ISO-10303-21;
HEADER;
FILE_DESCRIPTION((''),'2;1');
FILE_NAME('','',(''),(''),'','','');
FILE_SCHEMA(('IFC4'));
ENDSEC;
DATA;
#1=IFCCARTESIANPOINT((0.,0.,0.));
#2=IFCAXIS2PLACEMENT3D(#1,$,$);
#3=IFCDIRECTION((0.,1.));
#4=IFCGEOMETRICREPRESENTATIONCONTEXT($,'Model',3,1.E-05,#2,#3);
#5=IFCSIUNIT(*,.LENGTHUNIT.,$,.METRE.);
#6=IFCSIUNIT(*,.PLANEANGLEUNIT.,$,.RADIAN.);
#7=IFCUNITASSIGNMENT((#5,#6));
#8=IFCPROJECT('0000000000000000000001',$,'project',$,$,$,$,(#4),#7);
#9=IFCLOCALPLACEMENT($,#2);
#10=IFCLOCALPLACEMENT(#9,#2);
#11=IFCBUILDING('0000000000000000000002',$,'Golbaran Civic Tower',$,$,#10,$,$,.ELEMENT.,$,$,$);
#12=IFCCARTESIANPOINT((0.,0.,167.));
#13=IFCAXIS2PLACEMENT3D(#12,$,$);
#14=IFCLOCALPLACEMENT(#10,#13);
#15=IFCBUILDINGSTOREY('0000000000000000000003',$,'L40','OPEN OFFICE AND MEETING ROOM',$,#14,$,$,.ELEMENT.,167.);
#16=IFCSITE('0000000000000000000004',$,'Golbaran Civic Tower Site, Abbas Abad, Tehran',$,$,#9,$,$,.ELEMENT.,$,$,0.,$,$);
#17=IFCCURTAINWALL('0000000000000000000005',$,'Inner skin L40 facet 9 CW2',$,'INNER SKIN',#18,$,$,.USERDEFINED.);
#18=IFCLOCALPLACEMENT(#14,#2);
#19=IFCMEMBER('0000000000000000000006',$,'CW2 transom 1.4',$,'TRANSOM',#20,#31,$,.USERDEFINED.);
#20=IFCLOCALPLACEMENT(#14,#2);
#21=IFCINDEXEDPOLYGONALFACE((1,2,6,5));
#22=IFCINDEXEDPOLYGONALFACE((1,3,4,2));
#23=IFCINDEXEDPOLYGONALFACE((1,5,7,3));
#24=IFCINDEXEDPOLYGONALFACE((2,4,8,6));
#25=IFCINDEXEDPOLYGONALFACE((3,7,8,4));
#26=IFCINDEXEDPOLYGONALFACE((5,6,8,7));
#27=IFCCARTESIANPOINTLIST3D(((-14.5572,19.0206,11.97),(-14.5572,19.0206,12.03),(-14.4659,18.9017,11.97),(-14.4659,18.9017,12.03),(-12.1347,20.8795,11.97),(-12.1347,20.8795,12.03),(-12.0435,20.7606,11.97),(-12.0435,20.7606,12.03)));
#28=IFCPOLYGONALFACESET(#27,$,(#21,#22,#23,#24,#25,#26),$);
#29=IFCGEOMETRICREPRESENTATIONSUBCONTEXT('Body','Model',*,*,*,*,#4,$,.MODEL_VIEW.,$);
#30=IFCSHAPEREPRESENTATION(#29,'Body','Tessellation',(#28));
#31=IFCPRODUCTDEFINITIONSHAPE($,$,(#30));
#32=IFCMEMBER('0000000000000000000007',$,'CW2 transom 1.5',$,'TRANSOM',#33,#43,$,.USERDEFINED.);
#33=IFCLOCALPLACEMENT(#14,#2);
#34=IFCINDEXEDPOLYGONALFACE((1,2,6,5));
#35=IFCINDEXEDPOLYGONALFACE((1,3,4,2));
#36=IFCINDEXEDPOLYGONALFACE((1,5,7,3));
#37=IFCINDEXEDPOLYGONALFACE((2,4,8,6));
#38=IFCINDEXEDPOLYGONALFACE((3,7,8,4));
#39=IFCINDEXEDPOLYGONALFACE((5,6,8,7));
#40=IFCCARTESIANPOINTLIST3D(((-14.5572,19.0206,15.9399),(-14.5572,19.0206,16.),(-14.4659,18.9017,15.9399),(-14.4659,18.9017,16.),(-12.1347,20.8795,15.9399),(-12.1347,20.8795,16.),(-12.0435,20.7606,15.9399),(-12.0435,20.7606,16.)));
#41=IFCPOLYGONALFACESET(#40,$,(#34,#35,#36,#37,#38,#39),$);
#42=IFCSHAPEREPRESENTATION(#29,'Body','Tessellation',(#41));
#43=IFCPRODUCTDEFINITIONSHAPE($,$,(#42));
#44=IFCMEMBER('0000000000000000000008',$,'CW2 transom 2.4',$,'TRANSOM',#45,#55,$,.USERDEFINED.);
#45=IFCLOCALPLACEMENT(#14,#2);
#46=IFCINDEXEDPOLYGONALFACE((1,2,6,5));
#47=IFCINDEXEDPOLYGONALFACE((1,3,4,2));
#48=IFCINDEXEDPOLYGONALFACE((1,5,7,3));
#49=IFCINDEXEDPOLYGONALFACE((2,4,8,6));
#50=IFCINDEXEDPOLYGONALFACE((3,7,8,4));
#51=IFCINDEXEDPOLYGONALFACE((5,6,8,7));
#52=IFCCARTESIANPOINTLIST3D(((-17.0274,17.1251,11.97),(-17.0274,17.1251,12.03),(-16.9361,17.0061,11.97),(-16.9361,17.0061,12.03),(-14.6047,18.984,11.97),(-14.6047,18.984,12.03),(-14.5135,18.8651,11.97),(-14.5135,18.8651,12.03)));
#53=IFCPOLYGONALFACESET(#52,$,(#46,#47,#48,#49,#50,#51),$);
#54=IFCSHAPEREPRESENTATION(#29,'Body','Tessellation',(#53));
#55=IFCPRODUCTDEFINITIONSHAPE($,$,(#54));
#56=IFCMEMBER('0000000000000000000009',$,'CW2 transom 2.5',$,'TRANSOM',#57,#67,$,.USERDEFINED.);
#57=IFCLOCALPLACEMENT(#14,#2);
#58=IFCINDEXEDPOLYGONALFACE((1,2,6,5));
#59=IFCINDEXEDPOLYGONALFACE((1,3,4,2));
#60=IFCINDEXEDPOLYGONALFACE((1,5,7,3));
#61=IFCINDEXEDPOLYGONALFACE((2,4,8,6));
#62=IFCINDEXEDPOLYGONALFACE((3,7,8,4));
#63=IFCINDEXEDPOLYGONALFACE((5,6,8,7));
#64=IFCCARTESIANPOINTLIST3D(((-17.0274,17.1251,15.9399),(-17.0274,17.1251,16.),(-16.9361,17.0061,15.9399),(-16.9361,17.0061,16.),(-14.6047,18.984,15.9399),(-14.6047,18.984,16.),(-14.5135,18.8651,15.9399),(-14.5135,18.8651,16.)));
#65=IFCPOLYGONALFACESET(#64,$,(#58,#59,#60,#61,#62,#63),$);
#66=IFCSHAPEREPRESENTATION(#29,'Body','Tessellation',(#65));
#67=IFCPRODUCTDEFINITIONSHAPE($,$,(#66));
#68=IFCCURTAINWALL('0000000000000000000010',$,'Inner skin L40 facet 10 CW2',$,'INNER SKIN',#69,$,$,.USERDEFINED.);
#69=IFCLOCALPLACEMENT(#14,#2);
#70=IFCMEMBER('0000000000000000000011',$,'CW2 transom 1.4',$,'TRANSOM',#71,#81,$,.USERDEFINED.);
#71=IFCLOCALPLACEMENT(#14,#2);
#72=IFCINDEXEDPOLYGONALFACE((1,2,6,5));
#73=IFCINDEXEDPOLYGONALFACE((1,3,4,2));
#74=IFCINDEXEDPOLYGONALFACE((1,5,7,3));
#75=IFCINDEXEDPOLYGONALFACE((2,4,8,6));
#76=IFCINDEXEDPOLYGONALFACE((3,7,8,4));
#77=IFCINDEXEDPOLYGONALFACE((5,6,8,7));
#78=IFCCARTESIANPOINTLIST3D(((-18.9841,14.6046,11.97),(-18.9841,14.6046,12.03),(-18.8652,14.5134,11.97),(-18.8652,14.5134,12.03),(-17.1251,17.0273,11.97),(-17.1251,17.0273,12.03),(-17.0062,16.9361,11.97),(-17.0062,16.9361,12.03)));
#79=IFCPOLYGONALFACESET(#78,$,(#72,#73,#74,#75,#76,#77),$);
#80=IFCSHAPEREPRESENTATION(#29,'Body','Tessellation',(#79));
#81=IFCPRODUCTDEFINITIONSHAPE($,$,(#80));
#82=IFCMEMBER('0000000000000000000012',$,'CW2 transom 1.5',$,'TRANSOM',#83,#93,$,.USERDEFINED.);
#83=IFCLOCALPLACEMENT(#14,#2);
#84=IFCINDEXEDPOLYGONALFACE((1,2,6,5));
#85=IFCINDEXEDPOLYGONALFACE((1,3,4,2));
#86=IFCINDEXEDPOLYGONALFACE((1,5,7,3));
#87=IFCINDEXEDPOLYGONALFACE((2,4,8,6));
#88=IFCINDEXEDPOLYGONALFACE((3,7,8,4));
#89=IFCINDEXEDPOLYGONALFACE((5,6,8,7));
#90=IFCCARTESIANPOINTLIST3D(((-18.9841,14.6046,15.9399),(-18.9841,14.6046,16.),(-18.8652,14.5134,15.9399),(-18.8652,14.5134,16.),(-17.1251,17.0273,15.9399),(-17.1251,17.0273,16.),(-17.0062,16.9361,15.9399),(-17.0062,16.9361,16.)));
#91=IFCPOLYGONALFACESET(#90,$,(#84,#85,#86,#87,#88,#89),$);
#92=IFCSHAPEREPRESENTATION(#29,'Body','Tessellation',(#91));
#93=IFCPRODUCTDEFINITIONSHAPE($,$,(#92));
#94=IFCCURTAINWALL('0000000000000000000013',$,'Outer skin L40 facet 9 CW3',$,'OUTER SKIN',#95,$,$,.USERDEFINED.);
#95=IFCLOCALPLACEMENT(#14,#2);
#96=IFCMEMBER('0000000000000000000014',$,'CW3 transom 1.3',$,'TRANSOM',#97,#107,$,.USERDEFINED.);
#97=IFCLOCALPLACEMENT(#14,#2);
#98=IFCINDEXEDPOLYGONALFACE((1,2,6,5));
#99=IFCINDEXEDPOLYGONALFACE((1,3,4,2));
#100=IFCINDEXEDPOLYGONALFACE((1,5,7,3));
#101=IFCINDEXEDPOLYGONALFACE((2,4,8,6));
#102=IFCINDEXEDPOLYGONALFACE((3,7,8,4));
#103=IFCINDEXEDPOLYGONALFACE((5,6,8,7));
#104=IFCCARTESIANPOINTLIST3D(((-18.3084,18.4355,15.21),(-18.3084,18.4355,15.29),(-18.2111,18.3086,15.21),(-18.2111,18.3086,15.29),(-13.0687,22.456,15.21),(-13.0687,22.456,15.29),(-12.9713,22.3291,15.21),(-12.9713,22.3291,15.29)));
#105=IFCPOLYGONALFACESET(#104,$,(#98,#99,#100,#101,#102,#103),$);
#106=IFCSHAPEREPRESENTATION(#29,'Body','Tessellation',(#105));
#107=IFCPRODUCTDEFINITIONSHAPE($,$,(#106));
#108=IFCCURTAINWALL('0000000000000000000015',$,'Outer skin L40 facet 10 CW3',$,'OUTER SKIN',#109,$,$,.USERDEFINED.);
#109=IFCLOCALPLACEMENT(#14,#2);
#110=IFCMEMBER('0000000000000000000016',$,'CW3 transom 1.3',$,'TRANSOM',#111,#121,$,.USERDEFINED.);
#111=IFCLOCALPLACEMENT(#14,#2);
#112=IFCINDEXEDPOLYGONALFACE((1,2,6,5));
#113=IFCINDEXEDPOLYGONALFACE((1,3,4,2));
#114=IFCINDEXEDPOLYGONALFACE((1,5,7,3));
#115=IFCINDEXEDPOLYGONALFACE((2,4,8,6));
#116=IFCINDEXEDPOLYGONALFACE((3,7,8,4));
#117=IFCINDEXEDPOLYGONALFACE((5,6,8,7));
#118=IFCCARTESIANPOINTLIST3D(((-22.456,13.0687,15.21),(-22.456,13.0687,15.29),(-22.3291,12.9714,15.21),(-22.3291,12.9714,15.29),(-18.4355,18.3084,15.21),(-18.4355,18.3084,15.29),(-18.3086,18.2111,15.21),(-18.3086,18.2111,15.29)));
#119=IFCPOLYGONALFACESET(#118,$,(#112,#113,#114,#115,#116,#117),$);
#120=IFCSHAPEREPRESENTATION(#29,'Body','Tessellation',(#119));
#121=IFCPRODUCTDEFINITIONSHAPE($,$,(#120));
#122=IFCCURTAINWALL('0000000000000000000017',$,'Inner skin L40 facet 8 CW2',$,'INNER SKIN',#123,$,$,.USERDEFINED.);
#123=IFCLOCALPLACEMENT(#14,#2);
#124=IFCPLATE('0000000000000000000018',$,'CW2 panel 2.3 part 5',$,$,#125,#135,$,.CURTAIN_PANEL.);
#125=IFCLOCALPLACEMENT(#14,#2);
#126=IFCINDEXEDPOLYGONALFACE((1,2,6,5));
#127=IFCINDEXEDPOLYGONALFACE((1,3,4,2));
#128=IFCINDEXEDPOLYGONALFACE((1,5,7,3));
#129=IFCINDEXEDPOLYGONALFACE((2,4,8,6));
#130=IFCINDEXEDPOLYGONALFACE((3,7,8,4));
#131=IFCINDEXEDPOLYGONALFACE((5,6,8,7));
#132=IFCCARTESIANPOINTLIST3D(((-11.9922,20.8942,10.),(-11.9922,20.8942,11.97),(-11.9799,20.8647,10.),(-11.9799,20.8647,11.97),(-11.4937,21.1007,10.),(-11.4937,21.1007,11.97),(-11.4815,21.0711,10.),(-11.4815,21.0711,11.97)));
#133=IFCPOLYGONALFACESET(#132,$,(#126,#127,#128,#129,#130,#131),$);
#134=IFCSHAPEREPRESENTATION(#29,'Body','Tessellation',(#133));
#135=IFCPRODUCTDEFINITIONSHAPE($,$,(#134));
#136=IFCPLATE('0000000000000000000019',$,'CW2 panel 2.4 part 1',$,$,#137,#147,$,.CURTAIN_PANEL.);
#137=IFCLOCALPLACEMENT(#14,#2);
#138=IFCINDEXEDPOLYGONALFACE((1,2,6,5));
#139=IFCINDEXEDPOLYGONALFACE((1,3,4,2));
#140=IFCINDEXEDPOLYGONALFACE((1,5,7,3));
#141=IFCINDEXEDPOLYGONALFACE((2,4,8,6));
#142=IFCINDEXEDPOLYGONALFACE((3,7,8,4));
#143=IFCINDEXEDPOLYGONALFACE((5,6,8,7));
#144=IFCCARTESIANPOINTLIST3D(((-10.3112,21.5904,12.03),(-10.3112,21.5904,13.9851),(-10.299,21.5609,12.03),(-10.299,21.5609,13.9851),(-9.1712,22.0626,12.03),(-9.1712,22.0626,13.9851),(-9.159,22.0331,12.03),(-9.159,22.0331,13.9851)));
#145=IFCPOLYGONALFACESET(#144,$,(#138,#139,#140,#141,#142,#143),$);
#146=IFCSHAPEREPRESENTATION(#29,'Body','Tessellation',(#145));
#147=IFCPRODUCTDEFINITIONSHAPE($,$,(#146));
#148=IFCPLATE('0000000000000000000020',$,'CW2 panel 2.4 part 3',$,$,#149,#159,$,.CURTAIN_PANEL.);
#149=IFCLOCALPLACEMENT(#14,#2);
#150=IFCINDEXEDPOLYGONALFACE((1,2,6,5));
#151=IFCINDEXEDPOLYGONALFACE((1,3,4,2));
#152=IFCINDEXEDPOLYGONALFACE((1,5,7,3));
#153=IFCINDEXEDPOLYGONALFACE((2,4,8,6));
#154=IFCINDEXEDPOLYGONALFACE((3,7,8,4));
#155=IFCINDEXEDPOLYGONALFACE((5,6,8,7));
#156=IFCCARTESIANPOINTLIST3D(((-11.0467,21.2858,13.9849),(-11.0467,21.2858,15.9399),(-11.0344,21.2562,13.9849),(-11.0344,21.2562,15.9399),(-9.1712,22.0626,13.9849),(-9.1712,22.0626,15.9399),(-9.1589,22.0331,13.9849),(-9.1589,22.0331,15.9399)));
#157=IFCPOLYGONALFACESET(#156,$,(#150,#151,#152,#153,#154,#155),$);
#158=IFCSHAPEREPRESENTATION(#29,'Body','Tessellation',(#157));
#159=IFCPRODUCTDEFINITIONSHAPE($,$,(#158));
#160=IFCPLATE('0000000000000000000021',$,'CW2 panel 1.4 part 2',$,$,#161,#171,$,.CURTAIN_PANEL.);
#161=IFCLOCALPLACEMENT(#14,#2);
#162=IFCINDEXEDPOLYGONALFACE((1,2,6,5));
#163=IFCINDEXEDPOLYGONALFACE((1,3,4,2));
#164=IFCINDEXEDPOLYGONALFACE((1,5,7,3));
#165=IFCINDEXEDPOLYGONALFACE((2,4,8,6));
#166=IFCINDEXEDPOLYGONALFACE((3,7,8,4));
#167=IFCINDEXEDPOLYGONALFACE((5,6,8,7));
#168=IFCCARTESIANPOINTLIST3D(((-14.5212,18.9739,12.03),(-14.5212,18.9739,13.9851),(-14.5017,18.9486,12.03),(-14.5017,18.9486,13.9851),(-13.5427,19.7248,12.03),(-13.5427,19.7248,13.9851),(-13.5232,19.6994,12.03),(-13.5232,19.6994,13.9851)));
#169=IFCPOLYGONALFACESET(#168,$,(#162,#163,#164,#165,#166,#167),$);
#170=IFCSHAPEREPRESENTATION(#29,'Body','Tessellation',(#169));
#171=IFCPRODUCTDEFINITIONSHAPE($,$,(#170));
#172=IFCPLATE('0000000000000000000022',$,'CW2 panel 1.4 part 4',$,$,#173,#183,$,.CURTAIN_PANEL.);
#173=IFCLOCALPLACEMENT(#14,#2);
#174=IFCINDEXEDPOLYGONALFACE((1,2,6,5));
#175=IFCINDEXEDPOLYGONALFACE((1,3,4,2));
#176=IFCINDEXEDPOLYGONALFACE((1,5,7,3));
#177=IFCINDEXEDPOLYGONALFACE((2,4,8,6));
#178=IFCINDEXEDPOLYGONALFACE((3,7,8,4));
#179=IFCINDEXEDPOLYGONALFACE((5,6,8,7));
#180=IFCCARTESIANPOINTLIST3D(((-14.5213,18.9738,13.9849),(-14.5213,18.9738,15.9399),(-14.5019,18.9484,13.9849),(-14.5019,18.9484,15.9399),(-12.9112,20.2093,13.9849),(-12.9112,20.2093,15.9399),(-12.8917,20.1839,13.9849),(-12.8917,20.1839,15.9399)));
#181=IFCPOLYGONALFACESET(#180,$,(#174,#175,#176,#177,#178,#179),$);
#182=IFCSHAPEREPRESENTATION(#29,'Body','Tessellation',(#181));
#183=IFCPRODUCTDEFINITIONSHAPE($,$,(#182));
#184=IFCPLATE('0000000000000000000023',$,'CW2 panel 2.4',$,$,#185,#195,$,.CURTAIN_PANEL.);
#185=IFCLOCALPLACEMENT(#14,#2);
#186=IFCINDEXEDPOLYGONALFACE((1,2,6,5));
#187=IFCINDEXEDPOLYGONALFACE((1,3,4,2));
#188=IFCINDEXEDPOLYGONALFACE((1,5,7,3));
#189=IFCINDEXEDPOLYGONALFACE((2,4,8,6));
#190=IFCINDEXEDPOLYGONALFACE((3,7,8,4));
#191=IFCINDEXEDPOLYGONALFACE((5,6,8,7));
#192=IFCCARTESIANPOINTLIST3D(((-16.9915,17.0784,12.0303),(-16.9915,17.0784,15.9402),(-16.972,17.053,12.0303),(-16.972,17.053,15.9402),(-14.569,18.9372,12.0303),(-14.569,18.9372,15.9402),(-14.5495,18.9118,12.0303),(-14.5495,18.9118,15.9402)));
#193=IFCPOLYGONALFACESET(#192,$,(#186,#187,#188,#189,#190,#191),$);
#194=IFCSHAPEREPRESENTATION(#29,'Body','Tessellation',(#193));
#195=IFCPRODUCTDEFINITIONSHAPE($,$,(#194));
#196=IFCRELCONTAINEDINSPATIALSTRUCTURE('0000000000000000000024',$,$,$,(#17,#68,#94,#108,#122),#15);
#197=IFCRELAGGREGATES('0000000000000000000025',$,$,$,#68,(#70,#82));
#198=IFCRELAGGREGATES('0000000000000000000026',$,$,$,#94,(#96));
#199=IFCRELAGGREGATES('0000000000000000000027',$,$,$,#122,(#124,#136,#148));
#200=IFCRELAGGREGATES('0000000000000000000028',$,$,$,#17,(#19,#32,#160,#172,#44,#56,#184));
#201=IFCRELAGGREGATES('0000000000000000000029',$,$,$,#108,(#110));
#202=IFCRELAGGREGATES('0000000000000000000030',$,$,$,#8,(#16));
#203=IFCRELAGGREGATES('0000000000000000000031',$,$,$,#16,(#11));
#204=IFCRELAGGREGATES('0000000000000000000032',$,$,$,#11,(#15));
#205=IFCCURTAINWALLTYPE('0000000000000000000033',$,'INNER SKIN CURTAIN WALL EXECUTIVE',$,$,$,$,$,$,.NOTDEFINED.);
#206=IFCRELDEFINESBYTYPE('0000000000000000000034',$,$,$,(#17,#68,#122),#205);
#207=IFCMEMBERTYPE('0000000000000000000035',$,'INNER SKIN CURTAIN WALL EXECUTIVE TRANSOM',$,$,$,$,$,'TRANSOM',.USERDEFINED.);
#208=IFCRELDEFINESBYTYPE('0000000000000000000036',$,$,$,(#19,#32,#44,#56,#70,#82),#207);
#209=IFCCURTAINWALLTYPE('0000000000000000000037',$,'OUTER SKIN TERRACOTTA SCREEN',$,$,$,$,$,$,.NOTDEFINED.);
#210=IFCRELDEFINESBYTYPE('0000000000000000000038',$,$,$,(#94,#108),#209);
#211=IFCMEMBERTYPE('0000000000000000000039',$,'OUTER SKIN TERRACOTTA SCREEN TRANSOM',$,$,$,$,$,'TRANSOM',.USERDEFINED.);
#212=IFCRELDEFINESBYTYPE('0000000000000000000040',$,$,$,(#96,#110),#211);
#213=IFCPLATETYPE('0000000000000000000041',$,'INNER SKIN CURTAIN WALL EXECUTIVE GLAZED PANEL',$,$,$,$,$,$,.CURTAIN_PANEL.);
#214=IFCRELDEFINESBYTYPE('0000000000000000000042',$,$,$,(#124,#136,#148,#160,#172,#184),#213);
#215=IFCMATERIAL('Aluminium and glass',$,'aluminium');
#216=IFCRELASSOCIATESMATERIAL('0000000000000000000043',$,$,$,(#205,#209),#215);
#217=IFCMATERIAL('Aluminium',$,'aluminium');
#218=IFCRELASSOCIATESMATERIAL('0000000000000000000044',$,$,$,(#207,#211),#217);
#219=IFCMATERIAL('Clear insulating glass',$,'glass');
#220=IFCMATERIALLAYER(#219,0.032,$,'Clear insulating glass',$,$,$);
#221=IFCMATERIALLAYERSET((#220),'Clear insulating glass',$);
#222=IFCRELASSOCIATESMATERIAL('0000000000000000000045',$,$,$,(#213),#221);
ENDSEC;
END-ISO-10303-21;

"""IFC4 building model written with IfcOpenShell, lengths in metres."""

from ifc_helpers import new_model, si_unit, direction, frame, origin, origin_2d, place, context, subcontext, project, spatial, rectangle, extrude, material, layer, layer_set, material_profile, profile_set, type_object, element, aggregate, save


model = new_model("IFC4")

# Units and contexts
model_context = context("Model", 3, precision=1e-05, world=origin(), true_north=direction((0.0, 1.0)))
body_context = subcontext(model_context, "Body", "Model", "MODEL_VIEW")
ifc_project = project(units=[si_unit("LENGTHUNIT", "METRE"), si_unit("PLANEANGLEUNIT", "RADIAN")], contexts=[model_context])

# Site, building, storey
site_placement = place(None, origin())
site = spatial("IfcSite", under=ifc_project, at=site_placement, Name="Golbaran Civic Tower Site, Abbas Abad, Tehran", CompositionType="ELEMENT", RefElevation=0.0)
building_placement = place(site_placement, origin())
building = spatial("IfcBuilding", under=site, at=building_placement, Name="Golbaran Civic Tower", CompositionType="ELEMENT")
storey_placement = place(building_placement, frame((0.0, 0.0, 167.0)))
storey = spatial("IfcBuildingStorey", under=building, at=storey_placement, Name="L40", Description="OPEN OFFICE AND MEETING ROOM", CompositionType="ELEMENT", Elevation=167.0)

# Curtain walls, members
ifc_material_1 = material(Name="Aluminium and glass", Category="aluminium")
curtain_wall_type_1 = type_object("IfcCurtainWallType", Name="INNER SKIN CURTAIN WALL EXECUTIVE", PredefinedType="NOTDEFINED", material=ifc_material_1)
curtain_wall_1_placement = place(storey_placement, origin())
curtain_wall_1 = element("IfcCurtainWall", 1, at=curtain_wall_1_placement, inside=storey, type_object=curtain_wall_type_1, Name="Inner skin L40 facet 9 CW2", ObjectType="INNER SKIN", PredefinedType="USERDEFINED")
ifc_material_2 = material(Name="Aluminium", Category="aluminium")
ifc_material_profile_1 = material_profile(ifc_material_2, rectangle(XDim=0.1499, YDim=0.0601, at=origin_2d()), Name="INNER SKIN CURTAIN WALL EXECUTIVE TRANSOM")
ifc_profile_set_1 = profile_set([ifc_material_profile_1], Name="Aluminium")
member_type_1 = type_object("IfcMemberType", Name="INNER SKIN CURTAIN WALL EXECUTIVE TRANSOM", ElementType="TRANSOM", PredefinedType="USERDEFINED", material=ifc_profile_set_1)
member_1_placement = place(storey_placement, frame((-12.0891, 20.8201, 12.0), z_axis=(-0.793331, -0.608791, 0.0), x_axis=(0.608791, -0.793331, 0.0)))
member_1 = element("IfcMember", 2, at=member_1_placement, type_object=member_type_1, Name="CW2 transom 1.4", ObjectType="TRANSOM", PredefinedType="USERDEFINED", context=body_context, shape_type="SweptSolid", body=[
    extrude(rectangle(XDim=0.1499, YDim=0.0601, at=origin_2d()), origin(), (0.0, 0.0, 1.0), 3.0535),
])
member_2_placement = place(storey_placement, frame((-12.0891, 20.8201, 15.97), z_axis=(-0.793331, -0.608791, 0.0), x_axis=(0.608791, -0.793331, 0.0)))
member_2 = element("IfcMember", 3, at=member_2_placement, type_object=member_type_1, Name="CW2 transom 1.5", ObjectType="TRANSOM", PredefinedType="USERDEFINED", context=body_context, shape_type="SweptSolid", body=[
    extrude(rectangle(XDim=0.1499, YDim=0.0601, at=origin_2d()), origin(), (0.0, 0.0, 1.0), 3.0535),
])
member_3_placement = place(storey_placement, frame((-14.5591, 18.9246, 12.0), z_axis=(-0.793361, -0.608752, 0.0), x_axis=(0.608752, -0.793361, 0.0)))
member_3 = element("IfcMember", 4, at=member_3_placement, type_object=member_type_1, Name="CW2 transom 2.4", ObjectType="TRANSOM", PredefinedType="USERDEFINED", context=body_context, shape_type="SweptSolid", body=[
    extrude(rectangle(XDim=0.1499, YDim=0.0601, at=origin_2d()), origin(), (0.0, 0.0, 1.0), 3.0537),
])
member_4_placement = place(storey_placement, frame((-14.5591, 18.9246, 15.97), z_axis=(-0.793361, -0.608752, 0.0), x_axis=(0.608752, -0.793361, 0.0)))
member_4 = element("IfcMember", 5, at=member_4_placement, type_object=member_type_1, Name="CW2 transom 2.5", ObjectType="TRANSOM", PredefinedType="USERDEFINED", context=body_context, shape_type="SweptSolid", body=[
    extrude(rectangle(XDim=0.1499, YDim=0.0601, at=origin_2d()), origin(), (0.0, 0.0, 1.0), 3.0537),
])
curtain_wall_2_placement = place(storey_placement, origin())
curtain_wall_2 = element("IfcCurtainWall", 6, at=curtain_wall_2_placement, inside=storey, type_object=curtain_wall_type_1, Name="Inner skin L40 facet 10 CW2", ObjectType="INNER SKIN", PredefinedType="USERDEFINED")
member_5_placement = place(storey_placement, frame((-17.0657, 16.9817, 12.0), z_axis=(-0.608752, -0.793361, 0.0), x_axis=(0.793361, -0.608752, 0.0)))
member_5 = element("IfcMember", 7, at=member_5_placement, type_object=member_type_1, Name="CW2 transom 1.4", ObjectType="TRANSOM", PredefinedType="USERDEFINED", context=body_context, shape_type="SweptSolid", body=[
    extrude(rectangle(XDim=0.1499, YDim=0.0601, at=origin_2d()), origin(), (0.0, 0.0, 1.0), 3.0537),
])
member_6_placement = place(storey_placement, frame((-17.0657, 16.9817, 15.97), z_axis=(-0.608752, -0.793361, 0.0), x_axis=(0.793361, -0.608752, 0.0)))
member_6 = element("IfcMember", 8, at=member_6_placement, type_object=member_type_1, Name="CW2 transom 1.5", ObjectType="TRANSOM", PredefinedType="USERDEFINED", context=body_context, shape_type="SweptSolid", body=[
    extrude(rectangle(XDim=0.1499, YDim=0.0601, at=origin_2d()), origin(), (0.0, 0.0, 1.0), 3.0537),
])
aggregate(curtain_wall_2, [member_5, member_6])

# Curtain walls, members
curtain_wall_type_2 = type_object("IfcCurtainWallType", Name="OUTER SKIN TERRACOTTA SCREEN", PredefinedType="NOTDEFINED", material=ifc_material_1)
curtain_wall_3_placement = place(storey_placement, origin())
curtain_wall_3 = element("IfcCurtainWall", 9, at=curtain_wall_3_placement, inside=storey, type_object=curtain_wall_type_2, Name="Outer skin L40 facet 9 CW3", ObjectType="OUTER SKIN", PredefinedType="USERDEFINED")
ifc_material_profile_2 = material_profile(ifc_material_2, rectangle(XDim=0.1599, YDim=0.0801, at=origin_2d()), Name="OUTER SKIN TERRACOTTA SCREEN TRANSOM")
ifc_profile_set_2 = profile_set([ifc_material_profile_2], Name="Aluminium")
member_type_2 = type_object("IfcMemberType", Name="OUTER SKIN TERRACOTTA SCREEN TRANSOM", ElementType="TRANSOM", PredefinedType="USERDEFINED", material=ifc_profile_set_2)
member_7_placement = place(storey_placement, frame((-13.02, 22.3926, 15.25), z_axis=(-0.79336, -0.608753, 0.0), x_axis=(0.608753, -0.79336, 0.0)))
member_7 = element("IfcMember", 10, at=member_7_placement, type_object=member_type_2, Name="CW3 transom 1.3", ObjectType="TRANSOM", PredefinedType="USERDEFINED", context=body_context, shape_type="SweptSolid", body=[
    extrude(rectangle(XDim=0.1599, YDim=0.0801, at=origin_2d()), origin(), (0.0, 0.0, 1.0), 6.6045),
])
aggregate(curtain_wall_3, [member_7])
curtain_wall_4_placement = place(storey_placement, origin())
curtain_wall_4 = element("IfcCurtainWall", 11, at=curtain_wall_4_placement, inside=storey, type_object=curtain_wall_type_2, Name="Outer skin L40 facet 10 CW3", ObjectType="OUTER SKIN", PredefinedType="USERDEFINED")
member_8_placement = place(storey_placement, frame((-18.3721, 18.2598, 15.25), z_axis=(-0.608753, -0.79336, 0.0), x_axis=(0.79336, -0.608753, 0.0)))
member_8 = element("IfcMember", 12, at=member_8_placement, type_object=member_type_2, Name="CW3 transom 1.3", ObjectType="TRANSOM", PredefinedType="USERDEFINED", context=body_context, shape_type="SweptSolid", body=[
    extrude(rectangle(XDim=0.1599, YDim=0.0801, at=origin_2d()), origin(), (0.0, 0.0, 1.0), 6.6045),
])

# Curtain wall, plates
curtain_wall_5_placement = place(storey_placement, origin())
curtain_wall_5 = element("IfcCurtainWall", 13, at=curtain_wall_5_placement, inside=storey, type_object=curtain_wall_type_1, Name="Inner skin L40 facet 8 CW2", ObjectType="INNER SKIN", PredefinedType="USERDEFINED")
ifc_material_3 = material(Name="Clear insulating glass", Category="glass")
ifc_layer_1 = layer(ifc_material_3, 0.032, Name="Clear insulating glass")
ifc_layer_set_1 = layer_set([ifc_layer_1], Name="Clear insulating glass")
plate_type_1 = type_object("IfcPlateType", Name="INNER SKIN CURTAIN WALL EXECUTIVE GLAZED PANEL", PredefinedType="CURTAIN_PANEL", material=ifc_layer_set_1)
plate_1_placement = place(storey_placement, frame((-11.7368, 20.9827, 10.0), z_axis=(0.0, 0.0, 1.0), x_axis=(-0.92388, -0.382683, 0.0)))
plate_1 = element("IfcPlate", 14, at=plate_1_placement, type_object=plate_type_1, Name="CW2 panel 2.3 part 5", PredefinedType="CURTAIN_PANEL", context=body_context, shape_type="SweptSolid", body=[
    extrude(rectangle(XDim=0.5396, YDim=0.032, at=origin_2d()), origin(), (0.0, 0.0, 1.0), 1.97),
])
plate_2_placement = place(storey_placement, frame((-9.7351, 21.8118, 12.03), z_axis=(0.0, 0.0, 1.0), x_axis=(-0.92388, -0.382683, 0.0)))
plate_2 = element("IfcPlate", 15, at=plate_2_placement, type_object=plate_type_1, Name="CW2 panel 2.4 part 1", PredefinedType="CURTAIN_PANEL", context=body_context, shape_type="SweptSolid", body=[
    extrude(rectangle(XDim=1.2339, YDim=0.032, at=origin_2d()), origin(), (0.0, 0.0, 1.0), 1.9551),
])
plate_3_placement = place(storey_placement, frame((-10.1028, 21.6594, 13.9849), z_axis=(0.0, 0.0, 1.0), x_axis=(-0.92388, -0.382683, 0.0)))
plate_3 = element("IfcPlate", 16, at=plate_3_placement, type_object=plate_type_1, Name="CW2 panel 2.4 part 3", PredefinedType="CURTAIN_PANEL", context=body_context, shape_type="SweptSolid", body=[
    extrude(rectangle(XDim=2.03, YDim=0.032, at=origin_2d()), origin(), (0.0, 0.0, 1.0), 1.9551),
])

# Plates
plate_4_placement = place(storey_placement, frame((-14.0222, 19.3367, 12.03), z_axis=(0.0, 0.0, 1.0), x_axis=(-0.793353, -0.608761, 0.0)))
plate_4 = element("IfcPlate", 17, at=plate_4_placement, type_object=plate_type_1, Name="CW2 panel 1.4 part 2", PredefinedType="CURTAIN_PANEL", context=body_context, shape_type="SweptSolid", body=[
    extrude(rectangle(XDim=1.2334, YDim=0.032, at=origin_2d()), origin(), (0.0, 0.0, 1.0), 1.9551),
])
plate_5_placement = place(storey_placement, frame((-13.7065, 19.5789, 13.9849), z_axis=(0.0, 0.0, 1.0), x_axis=(-0.793353, -0.608761, 0.0)))
plate_5 = element("IfcPlate", 18, at=plate_5_placement, type_object=plate_type_1, Name="CW2 panel 1.4 part 4", PredefinedType="CURTAIN_PANEL", context=body_context, shape_type="SweptSolid", body=[
    extrude(rectangle(XDim=2.0295, YDim=0.032, at=origin_2d()), origin(), (0.0, 0.0, 1.0), 1.9551),
])
plate_6_placement = place(storey_placement, frame((-15.7705, 17.9951, 12.0303), z_axis=(0.0, 0.0, 1.0), x_axis=(-0.793353, -0.608761, 0.0)))
plate_6 = element("IfcPlate", 19, at=plate_6_placement, type_object=plate_type_1, Name="CW2 panel 2.4", PredefinedType="CURTAIN_PANEL", context=body_context, shape_type="SweptSolid", body=[
    extrude(rectangle(XDim=3.0535, YDim=0.032, at=origin_2d()), origin(), (0.0, 0.0, 1.0), 3.9099),
])
aggregate(curtain_wall_5, [plate_1, plate_2, plate_3])
aggregate(curtain_wall_1, [member_1, member_2, plate_4, plate_5, member_3, member_4, plate_6])
aggregate(curtain_wall_4, [member_8])

save(model, "model.ifc")
